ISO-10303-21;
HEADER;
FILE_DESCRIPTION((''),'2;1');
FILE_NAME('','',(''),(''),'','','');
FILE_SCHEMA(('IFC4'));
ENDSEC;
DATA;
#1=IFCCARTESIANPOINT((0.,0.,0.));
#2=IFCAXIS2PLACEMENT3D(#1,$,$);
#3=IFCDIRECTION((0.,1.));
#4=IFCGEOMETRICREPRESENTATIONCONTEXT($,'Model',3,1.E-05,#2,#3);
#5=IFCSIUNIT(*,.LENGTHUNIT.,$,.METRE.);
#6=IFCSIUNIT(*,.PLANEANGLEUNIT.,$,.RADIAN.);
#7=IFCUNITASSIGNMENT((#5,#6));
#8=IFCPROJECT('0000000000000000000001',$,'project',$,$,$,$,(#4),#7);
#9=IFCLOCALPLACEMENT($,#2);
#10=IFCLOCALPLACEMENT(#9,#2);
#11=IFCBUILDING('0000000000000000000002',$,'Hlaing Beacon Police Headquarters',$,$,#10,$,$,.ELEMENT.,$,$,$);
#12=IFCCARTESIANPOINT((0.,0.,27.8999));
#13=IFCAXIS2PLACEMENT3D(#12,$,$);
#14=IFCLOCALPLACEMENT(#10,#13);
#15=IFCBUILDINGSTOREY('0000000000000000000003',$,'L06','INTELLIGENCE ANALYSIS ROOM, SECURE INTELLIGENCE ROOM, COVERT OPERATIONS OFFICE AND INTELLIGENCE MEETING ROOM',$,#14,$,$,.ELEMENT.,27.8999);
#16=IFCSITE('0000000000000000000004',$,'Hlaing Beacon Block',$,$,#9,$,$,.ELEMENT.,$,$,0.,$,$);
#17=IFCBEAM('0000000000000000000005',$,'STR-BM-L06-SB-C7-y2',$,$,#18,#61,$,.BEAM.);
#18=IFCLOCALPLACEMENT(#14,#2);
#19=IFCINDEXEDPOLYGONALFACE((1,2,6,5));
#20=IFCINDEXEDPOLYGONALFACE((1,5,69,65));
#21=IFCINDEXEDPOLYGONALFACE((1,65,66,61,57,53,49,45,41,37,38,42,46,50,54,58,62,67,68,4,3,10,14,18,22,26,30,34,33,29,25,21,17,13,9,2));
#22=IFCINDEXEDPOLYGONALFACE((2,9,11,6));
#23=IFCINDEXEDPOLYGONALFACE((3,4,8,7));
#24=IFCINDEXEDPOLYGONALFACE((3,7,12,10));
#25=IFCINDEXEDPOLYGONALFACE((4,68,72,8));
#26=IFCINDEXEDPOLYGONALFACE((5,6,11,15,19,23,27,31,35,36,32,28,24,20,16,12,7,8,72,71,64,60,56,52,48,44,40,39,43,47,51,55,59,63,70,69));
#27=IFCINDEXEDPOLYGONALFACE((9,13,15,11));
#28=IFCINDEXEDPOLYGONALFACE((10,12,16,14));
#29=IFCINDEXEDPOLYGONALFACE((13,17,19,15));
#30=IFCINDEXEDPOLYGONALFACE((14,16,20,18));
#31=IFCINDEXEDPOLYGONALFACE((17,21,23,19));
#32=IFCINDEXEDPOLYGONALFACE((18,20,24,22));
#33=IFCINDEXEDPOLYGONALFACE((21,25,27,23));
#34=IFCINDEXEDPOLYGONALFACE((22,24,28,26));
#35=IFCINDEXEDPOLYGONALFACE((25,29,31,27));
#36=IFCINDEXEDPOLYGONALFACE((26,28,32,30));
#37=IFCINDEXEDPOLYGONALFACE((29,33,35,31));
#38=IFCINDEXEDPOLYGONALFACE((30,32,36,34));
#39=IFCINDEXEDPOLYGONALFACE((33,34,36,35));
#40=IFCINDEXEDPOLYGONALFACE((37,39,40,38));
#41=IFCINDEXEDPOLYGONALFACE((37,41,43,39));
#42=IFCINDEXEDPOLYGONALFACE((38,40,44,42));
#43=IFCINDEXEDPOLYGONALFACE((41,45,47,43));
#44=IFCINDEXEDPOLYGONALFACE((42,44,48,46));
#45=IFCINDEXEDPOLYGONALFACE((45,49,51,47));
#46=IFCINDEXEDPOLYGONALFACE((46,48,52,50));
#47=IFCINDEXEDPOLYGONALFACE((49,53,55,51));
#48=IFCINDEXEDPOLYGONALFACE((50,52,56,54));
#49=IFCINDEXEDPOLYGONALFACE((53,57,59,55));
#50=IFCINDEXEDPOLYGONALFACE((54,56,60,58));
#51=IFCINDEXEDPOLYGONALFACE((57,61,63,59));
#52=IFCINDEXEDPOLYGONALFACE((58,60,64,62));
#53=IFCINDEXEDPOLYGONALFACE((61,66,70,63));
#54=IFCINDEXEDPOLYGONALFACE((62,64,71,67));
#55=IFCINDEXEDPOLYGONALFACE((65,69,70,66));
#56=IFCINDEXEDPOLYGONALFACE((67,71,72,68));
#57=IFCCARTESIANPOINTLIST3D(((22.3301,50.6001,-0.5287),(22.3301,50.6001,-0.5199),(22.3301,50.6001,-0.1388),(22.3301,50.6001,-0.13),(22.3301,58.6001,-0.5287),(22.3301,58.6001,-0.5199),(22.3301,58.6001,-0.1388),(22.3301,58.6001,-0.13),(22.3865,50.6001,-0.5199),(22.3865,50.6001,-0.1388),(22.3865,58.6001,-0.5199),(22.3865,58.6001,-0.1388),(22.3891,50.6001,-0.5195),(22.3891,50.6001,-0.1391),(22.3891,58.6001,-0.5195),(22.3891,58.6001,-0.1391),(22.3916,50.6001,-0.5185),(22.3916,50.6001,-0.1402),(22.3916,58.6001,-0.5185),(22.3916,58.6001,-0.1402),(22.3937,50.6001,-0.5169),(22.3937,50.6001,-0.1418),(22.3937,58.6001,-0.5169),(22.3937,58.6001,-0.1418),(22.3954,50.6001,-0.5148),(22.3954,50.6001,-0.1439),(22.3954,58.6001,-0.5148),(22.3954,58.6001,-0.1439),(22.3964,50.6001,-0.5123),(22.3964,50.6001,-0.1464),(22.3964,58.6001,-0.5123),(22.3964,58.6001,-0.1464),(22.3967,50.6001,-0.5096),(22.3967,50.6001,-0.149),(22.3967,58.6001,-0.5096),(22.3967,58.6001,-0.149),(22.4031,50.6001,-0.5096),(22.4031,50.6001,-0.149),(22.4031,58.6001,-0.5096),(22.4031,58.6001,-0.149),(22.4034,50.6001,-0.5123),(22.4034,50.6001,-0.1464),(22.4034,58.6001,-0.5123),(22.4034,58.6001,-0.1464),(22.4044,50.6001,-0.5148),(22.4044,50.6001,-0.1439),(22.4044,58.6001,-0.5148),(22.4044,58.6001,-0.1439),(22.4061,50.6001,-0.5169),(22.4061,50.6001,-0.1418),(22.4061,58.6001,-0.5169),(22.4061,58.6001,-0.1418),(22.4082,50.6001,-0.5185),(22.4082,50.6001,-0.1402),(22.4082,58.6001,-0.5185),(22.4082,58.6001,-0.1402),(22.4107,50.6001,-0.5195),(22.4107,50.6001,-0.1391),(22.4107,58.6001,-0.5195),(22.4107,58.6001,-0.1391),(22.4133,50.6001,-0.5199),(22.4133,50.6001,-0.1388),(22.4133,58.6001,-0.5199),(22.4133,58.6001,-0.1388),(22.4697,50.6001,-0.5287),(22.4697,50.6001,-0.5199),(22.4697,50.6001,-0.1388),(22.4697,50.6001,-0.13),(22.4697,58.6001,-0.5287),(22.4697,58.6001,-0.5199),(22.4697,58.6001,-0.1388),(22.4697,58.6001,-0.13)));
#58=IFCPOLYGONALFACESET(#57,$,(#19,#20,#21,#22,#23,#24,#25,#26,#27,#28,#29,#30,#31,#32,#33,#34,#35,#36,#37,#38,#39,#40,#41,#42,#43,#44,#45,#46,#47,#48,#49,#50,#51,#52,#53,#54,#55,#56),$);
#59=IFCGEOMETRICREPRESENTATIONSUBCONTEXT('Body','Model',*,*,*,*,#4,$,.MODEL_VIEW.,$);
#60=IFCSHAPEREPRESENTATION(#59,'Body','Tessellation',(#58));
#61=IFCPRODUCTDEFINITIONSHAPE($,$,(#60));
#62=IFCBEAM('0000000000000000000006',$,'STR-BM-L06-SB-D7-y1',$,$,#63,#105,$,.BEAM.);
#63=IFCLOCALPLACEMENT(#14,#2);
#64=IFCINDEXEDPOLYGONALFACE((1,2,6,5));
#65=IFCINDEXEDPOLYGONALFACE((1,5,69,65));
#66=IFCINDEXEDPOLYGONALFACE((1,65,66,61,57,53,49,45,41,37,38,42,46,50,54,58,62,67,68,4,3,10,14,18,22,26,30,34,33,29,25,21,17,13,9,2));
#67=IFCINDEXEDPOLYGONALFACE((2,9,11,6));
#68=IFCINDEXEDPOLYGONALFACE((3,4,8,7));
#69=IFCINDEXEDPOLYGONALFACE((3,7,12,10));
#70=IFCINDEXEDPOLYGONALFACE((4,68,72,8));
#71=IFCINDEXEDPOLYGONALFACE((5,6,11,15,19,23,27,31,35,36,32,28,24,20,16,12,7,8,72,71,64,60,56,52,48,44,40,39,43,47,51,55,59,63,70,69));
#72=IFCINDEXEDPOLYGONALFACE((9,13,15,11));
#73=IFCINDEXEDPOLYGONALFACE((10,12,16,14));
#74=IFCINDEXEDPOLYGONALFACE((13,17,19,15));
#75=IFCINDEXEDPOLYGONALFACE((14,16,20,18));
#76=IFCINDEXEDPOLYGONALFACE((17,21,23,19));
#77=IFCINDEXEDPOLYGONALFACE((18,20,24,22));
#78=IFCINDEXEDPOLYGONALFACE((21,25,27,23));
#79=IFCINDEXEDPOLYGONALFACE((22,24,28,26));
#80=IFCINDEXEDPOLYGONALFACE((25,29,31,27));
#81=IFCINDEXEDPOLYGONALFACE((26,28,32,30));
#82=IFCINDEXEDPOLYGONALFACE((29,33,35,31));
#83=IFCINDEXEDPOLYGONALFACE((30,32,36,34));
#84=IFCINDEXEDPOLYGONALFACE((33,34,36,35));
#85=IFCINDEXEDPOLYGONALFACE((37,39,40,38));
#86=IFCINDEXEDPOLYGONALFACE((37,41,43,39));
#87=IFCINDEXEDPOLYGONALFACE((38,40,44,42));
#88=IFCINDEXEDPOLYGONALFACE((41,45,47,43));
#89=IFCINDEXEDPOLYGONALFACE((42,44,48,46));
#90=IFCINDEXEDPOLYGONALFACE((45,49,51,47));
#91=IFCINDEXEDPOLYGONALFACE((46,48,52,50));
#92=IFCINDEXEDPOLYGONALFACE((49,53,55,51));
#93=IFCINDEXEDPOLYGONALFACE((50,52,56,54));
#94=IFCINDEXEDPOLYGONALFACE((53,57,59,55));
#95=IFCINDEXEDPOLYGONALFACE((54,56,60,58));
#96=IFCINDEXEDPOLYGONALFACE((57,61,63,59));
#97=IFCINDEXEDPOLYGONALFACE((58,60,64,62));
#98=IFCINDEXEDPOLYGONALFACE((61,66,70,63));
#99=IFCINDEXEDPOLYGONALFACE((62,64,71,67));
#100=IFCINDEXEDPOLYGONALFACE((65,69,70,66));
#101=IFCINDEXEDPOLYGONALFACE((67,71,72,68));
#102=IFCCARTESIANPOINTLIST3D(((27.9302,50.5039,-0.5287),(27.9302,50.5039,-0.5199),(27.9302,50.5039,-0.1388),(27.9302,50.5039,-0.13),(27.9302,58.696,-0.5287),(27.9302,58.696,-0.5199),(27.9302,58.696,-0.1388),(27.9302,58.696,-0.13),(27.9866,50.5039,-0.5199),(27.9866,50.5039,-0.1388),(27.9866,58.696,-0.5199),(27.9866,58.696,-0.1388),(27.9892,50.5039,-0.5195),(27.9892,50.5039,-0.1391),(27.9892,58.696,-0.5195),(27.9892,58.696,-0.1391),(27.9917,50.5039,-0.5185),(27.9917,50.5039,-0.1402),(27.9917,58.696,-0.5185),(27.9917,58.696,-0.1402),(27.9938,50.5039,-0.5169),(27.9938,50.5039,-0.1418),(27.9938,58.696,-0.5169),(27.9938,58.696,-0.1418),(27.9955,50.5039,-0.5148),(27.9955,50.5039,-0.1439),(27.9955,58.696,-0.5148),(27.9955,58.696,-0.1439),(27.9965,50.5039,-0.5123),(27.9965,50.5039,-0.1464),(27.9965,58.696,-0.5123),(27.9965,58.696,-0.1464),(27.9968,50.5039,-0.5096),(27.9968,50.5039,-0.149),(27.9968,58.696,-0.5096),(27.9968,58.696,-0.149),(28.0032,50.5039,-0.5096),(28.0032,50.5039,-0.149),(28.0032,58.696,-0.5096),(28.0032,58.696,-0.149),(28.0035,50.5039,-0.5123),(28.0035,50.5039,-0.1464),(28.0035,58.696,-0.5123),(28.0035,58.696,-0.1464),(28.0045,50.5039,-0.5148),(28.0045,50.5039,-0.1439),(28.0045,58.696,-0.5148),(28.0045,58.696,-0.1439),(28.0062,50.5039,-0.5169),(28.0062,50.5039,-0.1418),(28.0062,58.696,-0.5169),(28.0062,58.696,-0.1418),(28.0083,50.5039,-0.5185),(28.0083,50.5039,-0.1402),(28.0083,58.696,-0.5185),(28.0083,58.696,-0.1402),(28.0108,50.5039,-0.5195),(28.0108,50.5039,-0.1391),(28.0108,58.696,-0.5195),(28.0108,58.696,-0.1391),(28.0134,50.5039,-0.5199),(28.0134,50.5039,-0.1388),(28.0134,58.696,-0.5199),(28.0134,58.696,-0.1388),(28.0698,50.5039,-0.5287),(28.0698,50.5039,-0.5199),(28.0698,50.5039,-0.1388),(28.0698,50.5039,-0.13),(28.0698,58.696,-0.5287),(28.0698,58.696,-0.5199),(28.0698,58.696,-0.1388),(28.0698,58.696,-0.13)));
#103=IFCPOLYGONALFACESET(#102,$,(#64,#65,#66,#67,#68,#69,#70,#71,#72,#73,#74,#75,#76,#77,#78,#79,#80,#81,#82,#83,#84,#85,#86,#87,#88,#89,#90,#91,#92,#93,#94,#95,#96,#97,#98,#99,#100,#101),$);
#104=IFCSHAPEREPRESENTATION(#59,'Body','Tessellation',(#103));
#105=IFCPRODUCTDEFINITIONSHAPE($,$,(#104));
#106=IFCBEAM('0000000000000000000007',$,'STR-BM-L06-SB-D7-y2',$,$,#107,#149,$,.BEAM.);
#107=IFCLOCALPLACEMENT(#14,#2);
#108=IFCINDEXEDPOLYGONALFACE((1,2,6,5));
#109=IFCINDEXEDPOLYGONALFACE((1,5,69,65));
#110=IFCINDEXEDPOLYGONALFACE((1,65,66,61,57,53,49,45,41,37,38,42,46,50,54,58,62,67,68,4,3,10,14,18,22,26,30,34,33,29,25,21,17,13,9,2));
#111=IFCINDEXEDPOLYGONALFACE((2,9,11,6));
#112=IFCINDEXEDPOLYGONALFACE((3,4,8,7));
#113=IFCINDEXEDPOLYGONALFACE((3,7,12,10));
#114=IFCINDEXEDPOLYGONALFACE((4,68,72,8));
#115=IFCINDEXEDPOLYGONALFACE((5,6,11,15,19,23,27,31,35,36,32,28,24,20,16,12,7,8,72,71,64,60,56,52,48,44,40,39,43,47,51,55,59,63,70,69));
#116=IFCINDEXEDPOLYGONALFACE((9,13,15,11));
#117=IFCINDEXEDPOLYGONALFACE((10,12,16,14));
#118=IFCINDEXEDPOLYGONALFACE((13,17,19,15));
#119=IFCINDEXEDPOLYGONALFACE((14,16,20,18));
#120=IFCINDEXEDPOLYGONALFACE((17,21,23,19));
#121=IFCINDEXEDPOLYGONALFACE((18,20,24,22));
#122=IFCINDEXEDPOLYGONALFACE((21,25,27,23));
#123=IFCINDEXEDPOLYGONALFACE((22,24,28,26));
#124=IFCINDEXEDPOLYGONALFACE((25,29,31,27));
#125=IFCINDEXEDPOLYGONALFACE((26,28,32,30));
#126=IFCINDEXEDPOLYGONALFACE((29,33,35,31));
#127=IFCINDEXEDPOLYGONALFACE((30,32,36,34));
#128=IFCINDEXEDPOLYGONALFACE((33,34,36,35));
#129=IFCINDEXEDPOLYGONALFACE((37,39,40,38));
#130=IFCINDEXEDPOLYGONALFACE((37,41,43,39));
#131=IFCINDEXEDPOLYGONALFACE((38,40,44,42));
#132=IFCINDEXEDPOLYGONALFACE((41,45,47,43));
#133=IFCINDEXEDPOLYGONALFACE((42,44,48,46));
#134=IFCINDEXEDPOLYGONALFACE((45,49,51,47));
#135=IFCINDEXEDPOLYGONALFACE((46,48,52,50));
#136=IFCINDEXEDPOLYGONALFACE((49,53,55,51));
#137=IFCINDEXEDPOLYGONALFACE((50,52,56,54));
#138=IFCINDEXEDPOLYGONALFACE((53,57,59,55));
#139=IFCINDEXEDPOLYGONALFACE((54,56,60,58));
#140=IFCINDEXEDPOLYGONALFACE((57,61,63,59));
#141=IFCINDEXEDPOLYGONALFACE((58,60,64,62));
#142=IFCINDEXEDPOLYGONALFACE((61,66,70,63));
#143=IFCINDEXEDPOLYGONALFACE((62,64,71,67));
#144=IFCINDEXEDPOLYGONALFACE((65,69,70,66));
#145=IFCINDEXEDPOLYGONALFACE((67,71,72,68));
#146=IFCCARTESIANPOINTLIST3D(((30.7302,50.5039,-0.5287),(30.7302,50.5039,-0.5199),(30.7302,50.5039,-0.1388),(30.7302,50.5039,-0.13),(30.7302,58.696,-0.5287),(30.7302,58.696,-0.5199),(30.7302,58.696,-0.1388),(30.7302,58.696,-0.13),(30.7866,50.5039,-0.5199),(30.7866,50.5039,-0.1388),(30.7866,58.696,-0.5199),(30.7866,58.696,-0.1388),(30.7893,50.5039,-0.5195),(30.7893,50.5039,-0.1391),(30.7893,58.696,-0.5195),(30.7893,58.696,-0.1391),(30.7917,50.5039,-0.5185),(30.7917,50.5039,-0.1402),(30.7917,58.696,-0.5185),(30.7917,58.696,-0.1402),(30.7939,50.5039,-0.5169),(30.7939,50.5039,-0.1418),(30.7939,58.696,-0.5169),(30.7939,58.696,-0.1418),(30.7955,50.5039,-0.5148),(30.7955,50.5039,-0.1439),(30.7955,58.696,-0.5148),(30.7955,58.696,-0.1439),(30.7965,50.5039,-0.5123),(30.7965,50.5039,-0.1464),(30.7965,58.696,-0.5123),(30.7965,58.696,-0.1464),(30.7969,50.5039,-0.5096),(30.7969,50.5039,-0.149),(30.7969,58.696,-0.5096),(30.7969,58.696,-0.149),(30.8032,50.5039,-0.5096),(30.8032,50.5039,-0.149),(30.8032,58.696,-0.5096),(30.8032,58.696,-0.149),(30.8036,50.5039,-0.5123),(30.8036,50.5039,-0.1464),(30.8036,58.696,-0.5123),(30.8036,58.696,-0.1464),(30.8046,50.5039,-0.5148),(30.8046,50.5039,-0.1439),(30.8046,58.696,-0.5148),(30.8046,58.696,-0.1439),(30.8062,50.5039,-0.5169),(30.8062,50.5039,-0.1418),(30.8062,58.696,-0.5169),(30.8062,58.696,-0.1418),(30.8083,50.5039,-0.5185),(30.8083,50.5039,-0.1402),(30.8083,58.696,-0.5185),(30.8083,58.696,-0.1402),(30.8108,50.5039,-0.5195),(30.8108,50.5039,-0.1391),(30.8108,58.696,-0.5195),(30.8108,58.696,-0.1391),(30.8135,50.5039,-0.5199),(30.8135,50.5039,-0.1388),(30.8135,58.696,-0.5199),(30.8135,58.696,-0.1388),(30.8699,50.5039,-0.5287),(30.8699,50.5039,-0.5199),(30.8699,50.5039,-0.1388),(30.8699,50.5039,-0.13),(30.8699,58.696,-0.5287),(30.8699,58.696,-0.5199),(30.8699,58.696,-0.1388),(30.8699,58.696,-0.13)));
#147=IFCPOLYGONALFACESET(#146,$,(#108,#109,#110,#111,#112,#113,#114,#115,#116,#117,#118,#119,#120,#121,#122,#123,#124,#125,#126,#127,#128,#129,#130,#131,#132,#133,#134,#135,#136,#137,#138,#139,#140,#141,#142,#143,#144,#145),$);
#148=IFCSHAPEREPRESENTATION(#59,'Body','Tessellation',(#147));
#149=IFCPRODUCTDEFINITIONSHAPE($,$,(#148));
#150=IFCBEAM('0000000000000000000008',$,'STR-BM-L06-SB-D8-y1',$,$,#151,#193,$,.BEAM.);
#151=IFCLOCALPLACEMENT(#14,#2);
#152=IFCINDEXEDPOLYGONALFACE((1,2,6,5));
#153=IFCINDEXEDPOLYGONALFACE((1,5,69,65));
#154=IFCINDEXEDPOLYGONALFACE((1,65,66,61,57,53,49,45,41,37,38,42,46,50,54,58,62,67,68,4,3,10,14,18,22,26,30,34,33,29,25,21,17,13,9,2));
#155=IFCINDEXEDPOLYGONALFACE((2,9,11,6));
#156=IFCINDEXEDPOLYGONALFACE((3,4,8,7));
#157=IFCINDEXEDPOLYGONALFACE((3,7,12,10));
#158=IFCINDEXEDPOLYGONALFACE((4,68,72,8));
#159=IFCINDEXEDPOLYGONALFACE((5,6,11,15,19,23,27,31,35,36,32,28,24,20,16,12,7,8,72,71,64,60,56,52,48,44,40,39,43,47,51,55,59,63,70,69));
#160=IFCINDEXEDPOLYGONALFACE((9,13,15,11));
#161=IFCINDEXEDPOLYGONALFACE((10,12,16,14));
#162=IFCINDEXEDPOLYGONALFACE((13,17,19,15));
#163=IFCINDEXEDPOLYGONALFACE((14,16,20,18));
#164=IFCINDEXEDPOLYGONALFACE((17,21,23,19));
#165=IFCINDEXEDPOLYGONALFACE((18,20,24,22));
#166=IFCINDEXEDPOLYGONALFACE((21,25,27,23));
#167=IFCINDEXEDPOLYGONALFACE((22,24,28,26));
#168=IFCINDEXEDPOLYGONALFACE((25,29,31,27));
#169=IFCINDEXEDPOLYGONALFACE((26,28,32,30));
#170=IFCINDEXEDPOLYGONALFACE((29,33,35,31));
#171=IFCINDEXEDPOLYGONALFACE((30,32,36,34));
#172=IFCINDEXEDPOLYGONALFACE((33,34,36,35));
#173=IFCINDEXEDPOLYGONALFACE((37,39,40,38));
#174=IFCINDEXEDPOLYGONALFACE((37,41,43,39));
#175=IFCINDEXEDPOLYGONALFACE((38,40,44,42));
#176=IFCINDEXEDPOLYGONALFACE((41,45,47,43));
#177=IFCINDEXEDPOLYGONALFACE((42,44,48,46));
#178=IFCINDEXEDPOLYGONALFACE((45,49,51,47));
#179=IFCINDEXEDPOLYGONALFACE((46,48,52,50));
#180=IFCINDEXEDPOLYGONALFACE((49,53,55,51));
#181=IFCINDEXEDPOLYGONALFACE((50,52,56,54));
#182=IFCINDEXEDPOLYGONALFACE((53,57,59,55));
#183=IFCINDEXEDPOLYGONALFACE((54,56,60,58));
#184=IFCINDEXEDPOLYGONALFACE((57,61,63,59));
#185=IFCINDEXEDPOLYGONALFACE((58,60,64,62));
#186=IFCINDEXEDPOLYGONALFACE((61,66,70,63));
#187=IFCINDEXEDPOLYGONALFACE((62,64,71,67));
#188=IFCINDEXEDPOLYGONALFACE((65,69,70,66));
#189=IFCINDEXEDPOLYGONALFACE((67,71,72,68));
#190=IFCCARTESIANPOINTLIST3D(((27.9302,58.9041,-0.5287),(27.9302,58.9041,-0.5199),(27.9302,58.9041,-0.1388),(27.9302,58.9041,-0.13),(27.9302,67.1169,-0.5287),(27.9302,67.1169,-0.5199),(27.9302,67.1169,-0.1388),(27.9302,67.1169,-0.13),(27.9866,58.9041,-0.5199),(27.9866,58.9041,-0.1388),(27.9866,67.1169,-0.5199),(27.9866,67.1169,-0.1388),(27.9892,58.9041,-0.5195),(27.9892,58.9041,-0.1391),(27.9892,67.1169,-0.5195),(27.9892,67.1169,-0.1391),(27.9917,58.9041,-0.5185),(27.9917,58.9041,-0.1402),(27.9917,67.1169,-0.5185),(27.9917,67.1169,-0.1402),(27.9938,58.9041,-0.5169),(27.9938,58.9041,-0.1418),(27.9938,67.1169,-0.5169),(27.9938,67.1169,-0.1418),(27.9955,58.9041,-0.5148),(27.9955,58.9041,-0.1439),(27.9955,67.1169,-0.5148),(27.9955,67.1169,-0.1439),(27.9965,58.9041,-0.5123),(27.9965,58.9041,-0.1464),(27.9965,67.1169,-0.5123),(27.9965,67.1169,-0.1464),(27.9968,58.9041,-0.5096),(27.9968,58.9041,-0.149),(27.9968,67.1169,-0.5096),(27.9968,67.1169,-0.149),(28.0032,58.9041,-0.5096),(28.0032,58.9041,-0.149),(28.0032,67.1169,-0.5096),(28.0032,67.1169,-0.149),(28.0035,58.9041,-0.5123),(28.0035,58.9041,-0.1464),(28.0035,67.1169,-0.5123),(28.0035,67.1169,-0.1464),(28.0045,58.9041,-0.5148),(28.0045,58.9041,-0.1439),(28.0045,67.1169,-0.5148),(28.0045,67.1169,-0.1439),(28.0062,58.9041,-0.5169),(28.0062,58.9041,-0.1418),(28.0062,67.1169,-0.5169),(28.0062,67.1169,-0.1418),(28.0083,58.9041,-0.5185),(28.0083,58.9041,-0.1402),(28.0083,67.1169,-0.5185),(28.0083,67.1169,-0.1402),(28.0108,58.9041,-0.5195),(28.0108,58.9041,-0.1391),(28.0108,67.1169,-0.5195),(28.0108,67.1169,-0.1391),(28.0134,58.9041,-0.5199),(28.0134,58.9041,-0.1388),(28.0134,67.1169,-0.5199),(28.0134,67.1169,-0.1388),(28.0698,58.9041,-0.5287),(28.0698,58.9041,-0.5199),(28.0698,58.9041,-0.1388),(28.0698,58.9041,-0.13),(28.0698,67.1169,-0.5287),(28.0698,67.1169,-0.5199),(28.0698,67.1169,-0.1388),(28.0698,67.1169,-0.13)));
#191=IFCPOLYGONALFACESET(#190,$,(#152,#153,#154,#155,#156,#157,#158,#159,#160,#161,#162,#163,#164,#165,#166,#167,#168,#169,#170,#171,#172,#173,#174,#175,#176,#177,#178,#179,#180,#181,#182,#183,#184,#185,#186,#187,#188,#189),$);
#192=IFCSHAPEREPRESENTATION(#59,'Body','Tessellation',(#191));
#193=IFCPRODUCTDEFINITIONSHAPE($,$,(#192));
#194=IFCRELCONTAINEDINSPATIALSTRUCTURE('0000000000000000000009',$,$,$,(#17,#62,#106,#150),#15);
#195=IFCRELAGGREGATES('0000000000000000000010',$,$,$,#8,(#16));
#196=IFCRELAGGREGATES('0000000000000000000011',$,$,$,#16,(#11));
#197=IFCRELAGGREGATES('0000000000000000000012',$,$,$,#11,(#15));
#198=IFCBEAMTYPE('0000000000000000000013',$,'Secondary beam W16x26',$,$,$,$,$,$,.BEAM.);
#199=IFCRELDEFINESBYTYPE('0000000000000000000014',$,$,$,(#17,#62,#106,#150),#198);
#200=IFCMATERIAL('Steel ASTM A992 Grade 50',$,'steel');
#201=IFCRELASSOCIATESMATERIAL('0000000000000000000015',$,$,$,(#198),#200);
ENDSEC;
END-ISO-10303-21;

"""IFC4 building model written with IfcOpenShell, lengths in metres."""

from ifc_helpers import new_model, si_unit, direction, frame, origin, origin_2d, place, context, subcontext, project, spatial, i_section, extrude, material, material_profile, profile_set, type_object, element, save


model = new_model("IFC4")

# Units and contexts
model_context = context("Model", 3, precision=1e-05, world=origin(), true_north=direction((0.0, 1.0)))
body_context = subcontext(model_context, "Body", "Model", "MODEL_VIEW")
ifc_project = project(units=[si_unit("LENGTHUNIT", "METRE"), si_unit("PLANEANGLEUNIT", "RADIAN")], contexts=[model_context])

# Site, building, storey
site_placement = place(None, origin())
site = spatial("IfcSite", under=ifc_project, at=site_placement, Name="Hlaing Beacon Block", CompositionType="ELEMENT", RefElevation=0.0)
building_placement = place(site_placement, origin())
building = spatial("IfcBuilding", under=site, at=building_placement, Name="Hlaing Beacon Police Headquarters", CompositionType="ELEMENT")
storey_placement = place(building_placement, frame((0.0, 0.0, 27.8999)))
storey = spatial("IfcBuildingStorey", under=building, at=storey_placement, Name="L06", Description="INTELLIGENCE ANALYSIS ROOM, SECURE INTELLIGENCE ROOM, COVERT OPERATIONS OFFICE AND INTELLIGENCE MEETING ROOM", CompositionType="ELEMENT", Elevation=27.8999)

# Beams
ifc_material_1 = material(Name="Steel ASTM A992 Grade 50", Category="steel")
ifc_material_profile_1 = material_profile(ifc_material_1, i_section(OverallWidth=0.1396, OverallDepth=0.3987, WebThickness=0.0063, FlangeThickness=0.0088, FilletRadius=0.0103, at=origin_2d()), Name="W16x26")
ifc_profile_set_1 = profile_set([ifc_material_profile_1], Name="Steel ASTM A992 Grade 50")
beam_type_1 = type_object("IfcBeamType", Name="Secondary beam W16x26", PredefinedType="BEAM", material=ifc_profile_set_1)
for number, where, z_axis, x_axis, name in (
    (1, (22.3999, 50.6001, -0.3293), (0.0, 1.0, 0.0), (-1.0, 0.0, 0.0), "STR-BM-L06-SB-C7-y2"),
):
    element("IfcBeam", number, at=place(storey_placement, frame(where, z_axis=z_axis, x_axis=x_axis)), inside=storey, type_object=beam_type_1, Name=name, PredefinedType="BEAM", context=body_context, shape_type="SweptSolid", body=[
        extrude(i_section(OverallWidth=0.1396, OverallDepth=0.3987, WebThickness=0.0063, FlangeThickness=0.0088, FilletRadius=0.0103, at=origin_2d()), origin(), (0.0, 0.0, 1.0), 8.0),
    ])
for number, where, z_axis, x_axis, name in (
    (2, (28.0, 50.5039, -0.3293), (0.0, 1.0, 0.0), (-1.0, 0.0, 0.0), "STR-BM-L06-SB-D7-y1"),
    (3, (30.8, 50.5039, -0.3293), (0.0, 1.0, 0.0), (-1.0, 0.0, 0.0), "STR-BM-L06-SB-D7-y2"),
):
    element("IfcBeam", number, at=place(storey_placement, frame(where, z_axis=z_axis, x_axis=x_axis)), inside=storey, type_object=beam_type_1, Name=name, PredefinedType="BEAM", context=body_context, shape_type="SweptSolid", body=[
        extrude(i_section(OverallWidth=0.1396, OverallDepth=0.3987, WebThickness=0.0063, FlangeThickness=0.0088, FilletRadius=0.0103, at=origin_2d()), origin(), (0.0, 0.0, 1.0), 8.1921),
    ])
for number, where, z_axis, x_axis, name in (
    (4, (28.0, 58.9041, -0.3293), (0.0, 1.0, 0.0), (-1.0, 0.0, 0.0), "STR-BM-L06-SB-D8-y1"),
):
    element("IfcBeam", number, at=place(storey_placement, frame(where, z_axis=z_axis, x_axis=x_axis)), inside=storey, type_object=beam_type_1, Name=name, PredefinedType="BEAM", context=body_context, shape_type="SweptSolid", body=[
        extrude(i_section(OverallWidth=0.1396, OverallDepth=0.3987, WebThickness=0.0063, FlangeThickness=0.0088, FilletRadius=0.0103, at=origin_2d()), origin(), (0.0, 0.0, 1.0), 8.2129),
    ])

save(model, "model.ifc")
